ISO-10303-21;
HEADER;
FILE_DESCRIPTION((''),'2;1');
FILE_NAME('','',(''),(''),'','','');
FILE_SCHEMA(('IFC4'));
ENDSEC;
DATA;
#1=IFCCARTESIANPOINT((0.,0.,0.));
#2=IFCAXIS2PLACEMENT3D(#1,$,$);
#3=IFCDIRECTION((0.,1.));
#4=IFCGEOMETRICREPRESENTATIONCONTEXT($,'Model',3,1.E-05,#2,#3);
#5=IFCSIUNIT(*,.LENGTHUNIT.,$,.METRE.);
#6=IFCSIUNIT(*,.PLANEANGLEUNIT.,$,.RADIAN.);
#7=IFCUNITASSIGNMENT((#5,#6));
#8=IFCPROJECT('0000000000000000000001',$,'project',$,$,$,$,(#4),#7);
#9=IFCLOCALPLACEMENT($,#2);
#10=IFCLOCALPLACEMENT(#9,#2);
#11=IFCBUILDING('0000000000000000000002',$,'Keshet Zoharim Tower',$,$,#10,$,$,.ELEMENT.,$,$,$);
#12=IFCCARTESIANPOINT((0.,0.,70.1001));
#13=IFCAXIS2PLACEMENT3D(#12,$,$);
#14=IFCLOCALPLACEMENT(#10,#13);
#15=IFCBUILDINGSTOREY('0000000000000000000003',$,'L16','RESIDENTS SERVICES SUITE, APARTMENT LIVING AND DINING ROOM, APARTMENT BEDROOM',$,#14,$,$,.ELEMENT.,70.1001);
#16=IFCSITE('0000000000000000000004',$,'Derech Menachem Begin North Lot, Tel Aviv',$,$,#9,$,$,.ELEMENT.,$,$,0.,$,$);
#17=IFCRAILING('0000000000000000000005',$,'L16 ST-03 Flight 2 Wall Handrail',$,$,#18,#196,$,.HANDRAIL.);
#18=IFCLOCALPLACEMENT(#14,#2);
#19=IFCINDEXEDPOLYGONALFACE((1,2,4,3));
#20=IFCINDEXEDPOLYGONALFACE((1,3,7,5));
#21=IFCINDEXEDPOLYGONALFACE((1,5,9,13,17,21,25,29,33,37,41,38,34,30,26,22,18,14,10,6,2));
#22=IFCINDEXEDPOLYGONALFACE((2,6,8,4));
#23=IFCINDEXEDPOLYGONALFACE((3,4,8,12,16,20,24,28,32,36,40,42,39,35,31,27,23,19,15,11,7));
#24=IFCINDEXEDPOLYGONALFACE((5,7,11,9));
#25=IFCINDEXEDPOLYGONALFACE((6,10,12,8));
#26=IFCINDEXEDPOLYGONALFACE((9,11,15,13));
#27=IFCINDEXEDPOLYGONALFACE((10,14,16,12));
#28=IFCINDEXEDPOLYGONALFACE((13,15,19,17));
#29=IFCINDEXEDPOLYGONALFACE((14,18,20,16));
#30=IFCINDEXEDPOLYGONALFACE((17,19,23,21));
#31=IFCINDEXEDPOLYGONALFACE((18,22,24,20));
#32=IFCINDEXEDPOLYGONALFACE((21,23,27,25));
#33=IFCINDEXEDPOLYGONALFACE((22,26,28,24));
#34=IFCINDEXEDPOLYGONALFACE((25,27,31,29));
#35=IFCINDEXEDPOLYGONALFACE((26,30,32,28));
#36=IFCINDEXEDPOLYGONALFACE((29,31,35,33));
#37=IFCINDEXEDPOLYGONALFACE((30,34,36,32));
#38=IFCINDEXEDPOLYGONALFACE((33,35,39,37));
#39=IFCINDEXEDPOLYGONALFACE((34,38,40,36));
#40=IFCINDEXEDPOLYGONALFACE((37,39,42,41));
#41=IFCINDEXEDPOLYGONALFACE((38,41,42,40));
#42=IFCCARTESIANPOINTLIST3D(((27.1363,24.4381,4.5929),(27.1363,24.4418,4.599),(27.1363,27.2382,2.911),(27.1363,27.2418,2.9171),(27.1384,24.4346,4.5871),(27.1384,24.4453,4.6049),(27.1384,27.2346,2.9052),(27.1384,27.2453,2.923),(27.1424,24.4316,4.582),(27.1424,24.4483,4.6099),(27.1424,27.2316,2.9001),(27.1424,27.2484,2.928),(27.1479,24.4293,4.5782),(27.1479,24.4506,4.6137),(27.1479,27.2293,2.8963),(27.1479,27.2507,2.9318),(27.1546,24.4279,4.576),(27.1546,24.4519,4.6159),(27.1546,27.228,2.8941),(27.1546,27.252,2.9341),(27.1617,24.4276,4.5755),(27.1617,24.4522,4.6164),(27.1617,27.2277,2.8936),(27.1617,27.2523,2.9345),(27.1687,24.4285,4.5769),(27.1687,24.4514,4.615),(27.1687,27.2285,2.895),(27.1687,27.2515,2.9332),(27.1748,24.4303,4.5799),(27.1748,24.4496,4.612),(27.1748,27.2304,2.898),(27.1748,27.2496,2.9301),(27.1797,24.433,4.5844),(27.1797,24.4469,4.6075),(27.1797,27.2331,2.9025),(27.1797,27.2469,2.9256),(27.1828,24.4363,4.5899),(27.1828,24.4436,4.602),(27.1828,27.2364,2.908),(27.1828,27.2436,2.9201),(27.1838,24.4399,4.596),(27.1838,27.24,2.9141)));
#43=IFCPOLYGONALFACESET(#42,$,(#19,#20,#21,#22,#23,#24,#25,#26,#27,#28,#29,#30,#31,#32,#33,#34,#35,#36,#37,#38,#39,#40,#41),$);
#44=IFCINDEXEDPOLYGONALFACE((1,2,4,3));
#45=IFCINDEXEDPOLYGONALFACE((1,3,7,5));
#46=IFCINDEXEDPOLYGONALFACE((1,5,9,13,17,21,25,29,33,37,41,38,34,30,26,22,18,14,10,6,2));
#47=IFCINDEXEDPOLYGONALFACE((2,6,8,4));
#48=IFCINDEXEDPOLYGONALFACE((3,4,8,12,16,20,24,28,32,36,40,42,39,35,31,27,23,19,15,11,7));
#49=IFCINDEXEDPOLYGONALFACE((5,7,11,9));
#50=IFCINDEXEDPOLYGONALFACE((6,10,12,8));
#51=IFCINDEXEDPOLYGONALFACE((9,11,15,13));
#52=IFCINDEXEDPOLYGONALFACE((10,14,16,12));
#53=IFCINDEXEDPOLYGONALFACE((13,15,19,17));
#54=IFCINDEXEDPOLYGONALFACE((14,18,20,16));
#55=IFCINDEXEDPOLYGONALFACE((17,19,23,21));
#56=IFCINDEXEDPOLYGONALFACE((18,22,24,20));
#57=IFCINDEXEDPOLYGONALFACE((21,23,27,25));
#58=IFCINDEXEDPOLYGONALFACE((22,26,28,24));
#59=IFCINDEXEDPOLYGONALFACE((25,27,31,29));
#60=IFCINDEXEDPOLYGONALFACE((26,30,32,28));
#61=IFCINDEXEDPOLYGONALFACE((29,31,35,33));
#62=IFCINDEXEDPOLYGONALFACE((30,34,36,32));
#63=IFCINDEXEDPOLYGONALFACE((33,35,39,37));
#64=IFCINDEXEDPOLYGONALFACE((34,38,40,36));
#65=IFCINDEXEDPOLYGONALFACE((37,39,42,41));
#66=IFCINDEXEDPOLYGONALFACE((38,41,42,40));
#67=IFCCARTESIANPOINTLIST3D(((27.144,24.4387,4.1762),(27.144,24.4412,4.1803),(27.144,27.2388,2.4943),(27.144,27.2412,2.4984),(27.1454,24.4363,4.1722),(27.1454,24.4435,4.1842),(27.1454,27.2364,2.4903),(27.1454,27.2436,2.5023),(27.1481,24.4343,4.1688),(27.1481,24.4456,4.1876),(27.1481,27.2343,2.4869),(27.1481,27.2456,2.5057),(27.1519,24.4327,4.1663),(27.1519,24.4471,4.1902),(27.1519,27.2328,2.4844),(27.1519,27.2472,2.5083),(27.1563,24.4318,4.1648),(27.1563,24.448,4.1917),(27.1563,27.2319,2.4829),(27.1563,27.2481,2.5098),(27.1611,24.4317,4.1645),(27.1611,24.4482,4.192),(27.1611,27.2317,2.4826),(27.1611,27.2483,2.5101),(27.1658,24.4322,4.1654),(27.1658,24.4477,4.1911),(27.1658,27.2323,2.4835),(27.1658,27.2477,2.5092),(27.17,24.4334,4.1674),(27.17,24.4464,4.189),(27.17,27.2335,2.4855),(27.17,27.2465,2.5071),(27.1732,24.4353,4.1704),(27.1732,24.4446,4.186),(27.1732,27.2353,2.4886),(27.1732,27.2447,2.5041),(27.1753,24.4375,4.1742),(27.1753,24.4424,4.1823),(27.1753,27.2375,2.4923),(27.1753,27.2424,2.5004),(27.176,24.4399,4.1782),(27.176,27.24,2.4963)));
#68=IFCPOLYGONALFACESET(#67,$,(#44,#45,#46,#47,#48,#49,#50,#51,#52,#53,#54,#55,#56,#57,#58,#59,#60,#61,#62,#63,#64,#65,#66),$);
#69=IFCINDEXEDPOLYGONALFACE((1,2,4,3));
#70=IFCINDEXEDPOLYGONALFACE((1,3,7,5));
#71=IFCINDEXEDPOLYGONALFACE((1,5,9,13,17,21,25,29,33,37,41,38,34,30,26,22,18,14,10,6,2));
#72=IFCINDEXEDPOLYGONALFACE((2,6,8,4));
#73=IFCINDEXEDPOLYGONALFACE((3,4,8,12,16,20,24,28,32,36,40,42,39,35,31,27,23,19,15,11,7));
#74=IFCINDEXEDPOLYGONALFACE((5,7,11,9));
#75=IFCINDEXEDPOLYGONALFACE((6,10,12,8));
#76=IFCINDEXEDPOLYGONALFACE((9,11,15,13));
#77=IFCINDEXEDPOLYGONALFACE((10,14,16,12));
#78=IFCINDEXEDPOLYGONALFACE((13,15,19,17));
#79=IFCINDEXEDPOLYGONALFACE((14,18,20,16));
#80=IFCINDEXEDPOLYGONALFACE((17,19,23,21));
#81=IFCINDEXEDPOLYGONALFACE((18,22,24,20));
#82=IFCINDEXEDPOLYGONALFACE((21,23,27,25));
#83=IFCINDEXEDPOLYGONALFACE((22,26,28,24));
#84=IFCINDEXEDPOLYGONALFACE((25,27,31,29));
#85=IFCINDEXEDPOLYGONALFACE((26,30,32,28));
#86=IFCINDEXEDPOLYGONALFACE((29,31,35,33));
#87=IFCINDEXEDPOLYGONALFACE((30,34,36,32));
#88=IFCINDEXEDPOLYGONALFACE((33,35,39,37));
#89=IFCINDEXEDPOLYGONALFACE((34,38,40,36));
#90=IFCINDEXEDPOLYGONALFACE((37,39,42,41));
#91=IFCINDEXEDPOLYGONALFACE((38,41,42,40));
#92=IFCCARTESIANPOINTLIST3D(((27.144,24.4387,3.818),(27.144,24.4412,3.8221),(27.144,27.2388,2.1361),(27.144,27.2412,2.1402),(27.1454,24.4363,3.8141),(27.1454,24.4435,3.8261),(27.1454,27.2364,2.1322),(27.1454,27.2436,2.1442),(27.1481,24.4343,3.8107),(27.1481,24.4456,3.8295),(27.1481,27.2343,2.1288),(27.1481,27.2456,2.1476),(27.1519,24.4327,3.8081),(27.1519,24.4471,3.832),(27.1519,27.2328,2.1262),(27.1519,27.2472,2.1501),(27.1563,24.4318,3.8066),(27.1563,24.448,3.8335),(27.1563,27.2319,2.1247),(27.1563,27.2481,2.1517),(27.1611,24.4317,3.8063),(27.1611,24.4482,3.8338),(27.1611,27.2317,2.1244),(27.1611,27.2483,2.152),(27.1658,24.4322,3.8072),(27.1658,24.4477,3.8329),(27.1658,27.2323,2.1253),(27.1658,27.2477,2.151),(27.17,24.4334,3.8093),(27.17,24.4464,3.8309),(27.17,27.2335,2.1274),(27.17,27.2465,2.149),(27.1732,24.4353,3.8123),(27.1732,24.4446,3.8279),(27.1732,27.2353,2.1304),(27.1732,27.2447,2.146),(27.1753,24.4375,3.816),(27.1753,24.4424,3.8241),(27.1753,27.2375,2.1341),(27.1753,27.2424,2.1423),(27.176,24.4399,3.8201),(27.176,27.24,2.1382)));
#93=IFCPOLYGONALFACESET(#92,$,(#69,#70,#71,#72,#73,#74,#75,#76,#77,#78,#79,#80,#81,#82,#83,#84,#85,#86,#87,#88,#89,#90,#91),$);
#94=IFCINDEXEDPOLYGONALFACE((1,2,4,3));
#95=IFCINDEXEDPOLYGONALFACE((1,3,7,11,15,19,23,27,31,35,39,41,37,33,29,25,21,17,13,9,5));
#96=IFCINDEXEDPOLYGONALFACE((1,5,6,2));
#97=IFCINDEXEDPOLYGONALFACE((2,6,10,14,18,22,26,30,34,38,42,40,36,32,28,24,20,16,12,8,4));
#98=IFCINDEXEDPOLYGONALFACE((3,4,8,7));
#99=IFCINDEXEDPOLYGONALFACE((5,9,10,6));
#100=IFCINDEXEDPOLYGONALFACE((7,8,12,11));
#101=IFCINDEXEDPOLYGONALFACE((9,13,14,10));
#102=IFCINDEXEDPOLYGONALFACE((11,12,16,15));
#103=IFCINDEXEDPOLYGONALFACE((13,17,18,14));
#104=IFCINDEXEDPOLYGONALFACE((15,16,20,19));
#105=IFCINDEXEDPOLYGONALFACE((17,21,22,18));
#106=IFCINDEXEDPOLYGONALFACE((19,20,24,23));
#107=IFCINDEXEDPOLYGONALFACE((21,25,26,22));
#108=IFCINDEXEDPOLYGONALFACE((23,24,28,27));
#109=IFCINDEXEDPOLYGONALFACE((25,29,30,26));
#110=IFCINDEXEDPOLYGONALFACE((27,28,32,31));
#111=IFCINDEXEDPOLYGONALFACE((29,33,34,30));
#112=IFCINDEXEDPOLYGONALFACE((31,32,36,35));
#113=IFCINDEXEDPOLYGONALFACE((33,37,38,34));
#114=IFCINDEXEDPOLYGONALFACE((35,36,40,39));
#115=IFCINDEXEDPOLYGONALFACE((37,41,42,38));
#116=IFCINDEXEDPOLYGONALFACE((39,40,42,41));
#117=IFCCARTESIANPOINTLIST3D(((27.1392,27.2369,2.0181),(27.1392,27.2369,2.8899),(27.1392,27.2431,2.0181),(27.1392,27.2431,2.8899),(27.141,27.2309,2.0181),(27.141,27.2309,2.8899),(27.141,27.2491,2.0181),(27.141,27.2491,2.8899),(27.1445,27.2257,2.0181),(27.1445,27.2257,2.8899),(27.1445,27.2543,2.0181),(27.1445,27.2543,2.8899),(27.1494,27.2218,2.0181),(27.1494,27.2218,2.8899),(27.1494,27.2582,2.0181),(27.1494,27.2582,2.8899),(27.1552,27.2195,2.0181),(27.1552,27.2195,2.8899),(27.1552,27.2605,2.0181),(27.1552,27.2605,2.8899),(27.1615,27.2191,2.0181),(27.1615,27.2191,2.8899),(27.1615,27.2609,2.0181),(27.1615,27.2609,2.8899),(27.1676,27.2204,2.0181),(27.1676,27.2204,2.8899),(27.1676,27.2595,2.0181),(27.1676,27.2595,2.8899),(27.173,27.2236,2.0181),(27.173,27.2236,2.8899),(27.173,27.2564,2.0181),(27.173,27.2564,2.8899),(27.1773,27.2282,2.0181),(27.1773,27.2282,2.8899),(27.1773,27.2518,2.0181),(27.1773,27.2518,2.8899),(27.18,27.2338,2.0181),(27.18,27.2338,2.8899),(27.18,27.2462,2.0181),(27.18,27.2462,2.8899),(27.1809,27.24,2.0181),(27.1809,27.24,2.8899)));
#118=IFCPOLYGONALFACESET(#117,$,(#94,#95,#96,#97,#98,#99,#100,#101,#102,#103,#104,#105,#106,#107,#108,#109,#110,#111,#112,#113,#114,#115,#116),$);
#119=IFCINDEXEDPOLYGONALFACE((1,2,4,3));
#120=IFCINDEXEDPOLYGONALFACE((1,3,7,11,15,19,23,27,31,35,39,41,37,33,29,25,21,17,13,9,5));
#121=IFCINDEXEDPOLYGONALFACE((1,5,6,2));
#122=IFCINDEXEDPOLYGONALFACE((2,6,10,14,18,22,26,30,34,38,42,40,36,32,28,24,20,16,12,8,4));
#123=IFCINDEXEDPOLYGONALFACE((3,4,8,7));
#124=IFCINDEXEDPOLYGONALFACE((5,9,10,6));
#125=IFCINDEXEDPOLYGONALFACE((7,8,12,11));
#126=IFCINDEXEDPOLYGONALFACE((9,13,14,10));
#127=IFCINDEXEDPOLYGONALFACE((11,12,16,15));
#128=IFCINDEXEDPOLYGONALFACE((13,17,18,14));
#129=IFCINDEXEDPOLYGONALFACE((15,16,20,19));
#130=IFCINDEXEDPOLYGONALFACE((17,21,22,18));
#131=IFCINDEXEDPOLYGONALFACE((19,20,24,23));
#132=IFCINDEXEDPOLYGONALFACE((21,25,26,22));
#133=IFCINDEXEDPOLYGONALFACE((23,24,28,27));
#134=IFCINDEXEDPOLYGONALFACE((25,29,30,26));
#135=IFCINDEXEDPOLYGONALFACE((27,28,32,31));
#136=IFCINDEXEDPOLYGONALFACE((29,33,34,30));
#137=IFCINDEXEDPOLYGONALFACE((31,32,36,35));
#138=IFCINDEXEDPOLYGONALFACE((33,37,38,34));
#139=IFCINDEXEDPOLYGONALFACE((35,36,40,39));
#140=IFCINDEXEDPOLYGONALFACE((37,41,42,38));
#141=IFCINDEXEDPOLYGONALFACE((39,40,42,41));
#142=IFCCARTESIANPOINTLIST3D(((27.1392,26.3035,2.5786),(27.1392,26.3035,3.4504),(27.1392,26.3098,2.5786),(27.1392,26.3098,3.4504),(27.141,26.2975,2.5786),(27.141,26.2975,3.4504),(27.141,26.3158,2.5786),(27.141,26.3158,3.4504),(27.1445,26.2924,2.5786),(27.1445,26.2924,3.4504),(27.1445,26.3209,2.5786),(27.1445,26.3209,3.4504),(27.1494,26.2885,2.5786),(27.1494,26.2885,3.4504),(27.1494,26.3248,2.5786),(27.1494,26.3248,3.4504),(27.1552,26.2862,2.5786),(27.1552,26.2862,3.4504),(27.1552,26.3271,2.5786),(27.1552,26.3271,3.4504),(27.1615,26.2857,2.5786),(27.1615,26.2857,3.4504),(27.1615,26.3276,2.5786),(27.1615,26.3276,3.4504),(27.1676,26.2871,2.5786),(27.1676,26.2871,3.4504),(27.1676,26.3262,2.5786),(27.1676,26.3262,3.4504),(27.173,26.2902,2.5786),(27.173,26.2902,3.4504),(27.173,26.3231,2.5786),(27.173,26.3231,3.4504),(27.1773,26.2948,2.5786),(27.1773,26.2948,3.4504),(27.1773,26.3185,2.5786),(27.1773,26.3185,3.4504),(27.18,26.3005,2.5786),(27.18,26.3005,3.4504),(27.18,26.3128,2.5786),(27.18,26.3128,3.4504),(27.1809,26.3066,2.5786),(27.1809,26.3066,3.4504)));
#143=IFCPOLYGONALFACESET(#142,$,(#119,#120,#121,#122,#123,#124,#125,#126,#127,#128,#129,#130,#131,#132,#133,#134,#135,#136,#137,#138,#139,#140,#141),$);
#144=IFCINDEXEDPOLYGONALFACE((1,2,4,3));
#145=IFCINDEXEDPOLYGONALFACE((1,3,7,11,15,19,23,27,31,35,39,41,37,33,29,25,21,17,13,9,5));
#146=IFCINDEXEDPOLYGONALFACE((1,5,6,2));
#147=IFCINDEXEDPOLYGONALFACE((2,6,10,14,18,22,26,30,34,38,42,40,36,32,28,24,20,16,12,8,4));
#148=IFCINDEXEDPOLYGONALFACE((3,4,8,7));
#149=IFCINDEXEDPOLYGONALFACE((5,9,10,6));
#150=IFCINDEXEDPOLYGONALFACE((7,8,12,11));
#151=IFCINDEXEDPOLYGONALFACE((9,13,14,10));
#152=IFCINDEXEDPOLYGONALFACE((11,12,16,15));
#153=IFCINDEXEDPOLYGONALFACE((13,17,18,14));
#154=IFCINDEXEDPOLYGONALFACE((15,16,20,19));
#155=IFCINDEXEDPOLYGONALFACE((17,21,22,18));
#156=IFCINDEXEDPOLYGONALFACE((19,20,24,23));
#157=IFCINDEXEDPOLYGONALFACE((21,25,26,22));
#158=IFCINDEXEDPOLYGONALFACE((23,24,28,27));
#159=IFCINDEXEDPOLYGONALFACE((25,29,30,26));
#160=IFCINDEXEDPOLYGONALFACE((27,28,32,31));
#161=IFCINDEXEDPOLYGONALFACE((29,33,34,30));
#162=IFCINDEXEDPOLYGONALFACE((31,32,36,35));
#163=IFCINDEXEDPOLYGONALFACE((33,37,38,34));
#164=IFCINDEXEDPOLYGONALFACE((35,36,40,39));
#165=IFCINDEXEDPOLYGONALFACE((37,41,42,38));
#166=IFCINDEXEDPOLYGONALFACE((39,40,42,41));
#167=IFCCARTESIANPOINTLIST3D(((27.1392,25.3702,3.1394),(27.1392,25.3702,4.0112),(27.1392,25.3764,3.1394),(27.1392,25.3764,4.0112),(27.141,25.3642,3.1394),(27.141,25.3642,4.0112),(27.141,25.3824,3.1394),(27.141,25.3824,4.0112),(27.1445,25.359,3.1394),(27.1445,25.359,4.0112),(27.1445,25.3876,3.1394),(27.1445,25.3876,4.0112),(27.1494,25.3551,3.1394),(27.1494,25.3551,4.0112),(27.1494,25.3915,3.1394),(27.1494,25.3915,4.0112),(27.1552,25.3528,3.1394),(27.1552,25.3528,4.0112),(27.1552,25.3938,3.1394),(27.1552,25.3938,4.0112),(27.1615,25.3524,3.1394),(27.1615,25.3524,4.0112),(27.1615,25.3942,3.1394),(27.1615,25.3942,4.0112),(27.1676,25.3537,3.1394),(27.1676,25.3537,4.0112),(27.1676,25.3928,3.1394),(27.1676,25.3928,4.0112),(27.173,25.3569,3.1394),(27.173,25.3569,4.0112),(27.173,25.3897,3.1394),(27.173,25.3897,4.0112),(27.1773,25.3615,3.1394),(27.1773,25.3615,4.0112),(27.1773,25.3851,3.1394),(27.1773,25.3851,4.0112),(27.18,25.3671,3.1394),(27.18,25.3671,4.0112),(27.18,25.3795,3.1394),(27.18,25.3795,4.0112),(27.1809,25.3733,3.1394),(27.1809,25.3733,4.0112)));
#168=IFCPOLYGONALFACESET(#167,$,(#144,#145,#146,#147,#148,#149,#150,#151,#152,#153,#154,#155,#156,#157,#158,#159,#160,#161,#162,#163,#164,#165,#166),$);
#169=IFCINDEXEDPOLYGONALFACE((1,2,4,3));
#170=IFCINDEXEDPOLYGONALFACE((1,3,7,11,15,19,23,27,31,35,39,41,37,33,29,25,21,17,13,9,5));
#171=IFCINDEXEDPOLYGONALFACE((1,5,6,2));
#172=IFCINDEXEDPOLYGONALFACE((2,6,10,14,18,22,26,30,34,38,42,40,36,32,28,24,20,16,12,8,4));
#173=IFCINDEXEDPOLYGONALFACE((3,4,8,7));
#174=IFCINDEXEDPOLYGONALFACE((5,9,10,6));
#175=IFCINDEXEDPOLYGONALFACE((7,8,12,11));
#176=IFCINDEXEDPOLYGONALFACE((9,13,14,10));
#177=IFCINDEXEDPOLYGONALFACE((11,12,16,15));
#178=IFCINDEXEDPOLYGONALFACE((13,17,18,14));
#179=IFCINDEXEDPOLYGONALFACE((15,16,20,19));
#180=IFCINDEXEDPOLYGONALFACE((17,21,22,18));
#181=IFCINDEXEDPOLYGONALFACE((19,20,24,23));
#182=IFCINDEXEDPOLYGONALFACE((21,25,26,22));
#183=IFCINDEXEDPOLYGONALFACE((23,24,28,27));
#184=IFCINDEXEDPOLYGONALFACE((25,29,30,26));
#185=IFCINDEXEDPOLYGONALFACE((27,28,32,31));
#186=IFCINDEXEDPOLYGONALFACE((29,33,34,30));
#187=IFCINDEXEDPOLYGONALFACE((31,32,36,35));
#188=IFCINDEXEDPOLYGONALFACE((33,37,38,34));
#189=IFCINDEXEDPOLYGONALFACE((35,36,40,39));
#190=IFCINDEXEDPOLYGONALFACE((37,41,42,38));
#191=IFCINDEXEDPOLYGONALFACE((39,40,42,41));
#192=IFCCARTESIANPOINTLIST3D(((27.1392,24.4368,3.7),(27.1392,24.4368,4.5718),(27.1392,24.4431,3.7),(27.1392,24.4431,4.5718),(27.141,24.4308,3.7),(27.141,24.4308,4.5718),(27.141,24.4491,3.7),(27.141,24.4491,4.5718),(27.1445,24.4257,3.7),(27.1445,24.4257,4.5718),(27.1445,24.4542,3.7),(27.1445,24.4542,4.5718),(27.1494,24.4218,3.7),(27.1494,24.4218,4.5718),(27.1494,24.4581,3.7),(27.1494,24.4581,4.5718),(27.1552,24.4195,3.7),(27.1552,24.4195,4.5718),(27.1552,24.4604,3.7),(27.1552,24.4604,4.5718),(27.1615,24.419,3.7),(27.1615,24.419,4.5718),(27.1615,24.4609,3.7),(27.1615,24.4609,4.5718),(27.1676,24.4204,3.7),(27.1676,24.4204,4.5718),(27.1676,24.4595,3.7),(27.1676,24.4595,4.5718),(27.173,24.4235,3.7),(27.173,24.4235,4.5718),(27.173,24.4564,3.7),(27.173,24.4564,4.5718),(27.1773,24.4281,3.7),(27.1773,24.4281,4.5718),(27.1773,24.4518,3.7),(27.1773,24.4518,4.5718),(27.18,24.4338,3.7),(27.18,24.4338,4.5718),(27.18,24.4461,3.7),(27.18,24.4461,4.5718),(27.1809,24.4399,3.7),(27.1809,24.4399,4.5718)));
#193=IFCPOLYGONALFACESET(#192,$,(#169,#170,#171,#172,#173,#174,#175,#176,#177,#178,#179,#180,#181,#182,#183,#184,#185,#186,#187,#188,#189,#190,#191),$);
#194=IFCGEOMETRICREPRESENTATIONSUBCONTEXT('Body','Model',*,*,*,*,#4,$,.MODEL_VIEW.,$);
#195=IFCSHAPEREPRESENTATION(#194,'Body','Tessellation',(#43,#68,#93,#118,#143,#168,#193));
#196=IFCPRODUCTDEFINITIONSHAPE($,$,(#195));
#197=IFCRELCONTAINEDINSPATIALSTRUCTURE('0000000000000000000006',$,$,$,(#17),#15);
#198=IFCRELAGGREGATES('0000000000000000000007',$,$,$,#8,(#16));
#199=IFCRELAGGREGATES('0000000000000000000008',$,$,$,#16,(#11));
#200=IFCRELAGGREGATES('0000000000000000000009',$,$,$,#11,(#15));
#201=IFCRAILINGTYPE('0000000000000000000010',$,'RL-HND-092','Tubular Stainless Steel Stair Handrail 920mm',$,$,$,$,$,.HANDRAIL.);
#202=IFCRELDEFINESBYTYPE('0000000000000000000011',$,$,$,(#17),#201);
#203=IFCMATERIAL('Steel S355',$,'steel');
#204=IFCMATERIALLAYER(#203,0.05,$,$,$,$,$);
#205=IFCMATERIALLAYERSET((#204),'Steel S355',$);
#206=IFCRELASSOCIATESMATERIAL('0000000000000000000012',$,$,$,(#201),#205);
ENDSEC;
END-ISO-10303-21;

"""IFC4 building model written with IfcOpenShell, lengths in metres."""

from ifc_helpers import new_model, si_unit, direction, frame, origin, origin_2d, place, context, subcontext, project, spatial, circle, extrude, material, layer, layer_set, type_object, element, save


model = new_model("IFC4")

# Units and contexts
model_context = context("Model", 3, precision=1e-05, world=origin(), true_north=direction((0.0, 1.0)))
body_context = subcontext(model_context, "Body", "Model", "MODEL_VIEW")
ifc_project = project(units=[si_unit("LENGTHUNIT", "METRE"), si_unit("PLANEANGLEUNIT", "RADIAN")], contexts=[model_context])

# Site, building, storey
site_placement = place(None, origin())
site = spatial("IfcSite", under=ifc_project, at=site_placement, Name="Derech Menachem Begin North Lot, Tel Aviv", CompositionType="ELEMENT", RefElevation=0.0)
building_placement = place(site_placement, origin())
building = spatial("IfcBuilding", under=site, at=building_placement, Name="Keshet Zoharim Tower", CompositionType="ELEMENT")
storey_placement = place(building_placement, frame((0.0, 0.0, 70.1001)))
storey = spatial("IfcBuildingStorey", under=building, at=storey_placement, Name="L16", Description="RESIDENTS SERVICES SUITE, APARTMENT LIVING AND DINING ROOM, APARTMENT BEDROOM", CompositionType="ELEMENT", Elevation=70.1001)

# Shared definitions
ifc_material_1 = material(Name="Steel S355", Category="steel")

# Railing
ifc_layer_1 = layer(ifc_material_1, 0.05)
ifc_layer_set_1 = layer_set([ifc_layer_1], Name="Steel S355")
railing_type = type_object("IfcRailingType", Name="RL-HND-092", Description="Tubular Stainless Steel Stair Handrail 920mm", PredefinedType="HANDRAIL", material=ifc_layer_set_1)
railing_placement = place(storey_placement, frame((27.1599, 27.24, 2.0181)))
element("IfcRailing", 1, at=railing_placement, inside=storey, type_object=railing_type, Name="L16 ST-03 Flight 2 Wall Handrail", PredefinedType="HANDRAIL", context=body_context, shape_type="SweptSolid", body=[
    extrude(circle(Radius=0.0239, at=origin_2d()), frame((0.0, 0.0, 0.896), z_axis=(0.0, -0.857242, 0.514913), x_axis=(1.0, 0.0, 0.0)), (0.0, 0.0, 1.0), 3.2664),
    extrude(circle(Radius=0.0161, at=origin_2d()), frame((0.0, 0.0, 0.4783), z_axis=(0.0, -0.857242, 0.514913), x_axis=(1.0, 0.0, 0.0)), (0.0, 0.0, 1.0), 3.2664),
    extrude(circle(Radius=0.0161, at=origin_2d()), frame((0.0, 0.0, 0.1201), z_axis=(0.0, -0.857242, 0.514913), x_axis=(1.0, 0.0, 0.0)), (0.0, 0.0, 1.0), 3.2664),
    extrude(circle(Radius=0.021, at=origin_2d()), origin(), (0.0, 0.0, 1.0), 0.8718),
    extrude(circle(Radius=0.021, at=origin_2d()), frame((0.0, -0.9333, 0.5605)), (0.0, 0.0, 1.0), 0.8718),
    extrude(circle(Radius=0.021, at=origin_2d()), frame((0.0, -1.8667, 1.1213)), (0.0, 0.0, 1.0), 0.8718),
    extrude(circle(Radius=0.021, at=origin_2d()), frame((0.0, -2.8, 1.6819)), (0.0, 0.0, 1.0), 0.8718),
])

save(model, "model.ifc")
